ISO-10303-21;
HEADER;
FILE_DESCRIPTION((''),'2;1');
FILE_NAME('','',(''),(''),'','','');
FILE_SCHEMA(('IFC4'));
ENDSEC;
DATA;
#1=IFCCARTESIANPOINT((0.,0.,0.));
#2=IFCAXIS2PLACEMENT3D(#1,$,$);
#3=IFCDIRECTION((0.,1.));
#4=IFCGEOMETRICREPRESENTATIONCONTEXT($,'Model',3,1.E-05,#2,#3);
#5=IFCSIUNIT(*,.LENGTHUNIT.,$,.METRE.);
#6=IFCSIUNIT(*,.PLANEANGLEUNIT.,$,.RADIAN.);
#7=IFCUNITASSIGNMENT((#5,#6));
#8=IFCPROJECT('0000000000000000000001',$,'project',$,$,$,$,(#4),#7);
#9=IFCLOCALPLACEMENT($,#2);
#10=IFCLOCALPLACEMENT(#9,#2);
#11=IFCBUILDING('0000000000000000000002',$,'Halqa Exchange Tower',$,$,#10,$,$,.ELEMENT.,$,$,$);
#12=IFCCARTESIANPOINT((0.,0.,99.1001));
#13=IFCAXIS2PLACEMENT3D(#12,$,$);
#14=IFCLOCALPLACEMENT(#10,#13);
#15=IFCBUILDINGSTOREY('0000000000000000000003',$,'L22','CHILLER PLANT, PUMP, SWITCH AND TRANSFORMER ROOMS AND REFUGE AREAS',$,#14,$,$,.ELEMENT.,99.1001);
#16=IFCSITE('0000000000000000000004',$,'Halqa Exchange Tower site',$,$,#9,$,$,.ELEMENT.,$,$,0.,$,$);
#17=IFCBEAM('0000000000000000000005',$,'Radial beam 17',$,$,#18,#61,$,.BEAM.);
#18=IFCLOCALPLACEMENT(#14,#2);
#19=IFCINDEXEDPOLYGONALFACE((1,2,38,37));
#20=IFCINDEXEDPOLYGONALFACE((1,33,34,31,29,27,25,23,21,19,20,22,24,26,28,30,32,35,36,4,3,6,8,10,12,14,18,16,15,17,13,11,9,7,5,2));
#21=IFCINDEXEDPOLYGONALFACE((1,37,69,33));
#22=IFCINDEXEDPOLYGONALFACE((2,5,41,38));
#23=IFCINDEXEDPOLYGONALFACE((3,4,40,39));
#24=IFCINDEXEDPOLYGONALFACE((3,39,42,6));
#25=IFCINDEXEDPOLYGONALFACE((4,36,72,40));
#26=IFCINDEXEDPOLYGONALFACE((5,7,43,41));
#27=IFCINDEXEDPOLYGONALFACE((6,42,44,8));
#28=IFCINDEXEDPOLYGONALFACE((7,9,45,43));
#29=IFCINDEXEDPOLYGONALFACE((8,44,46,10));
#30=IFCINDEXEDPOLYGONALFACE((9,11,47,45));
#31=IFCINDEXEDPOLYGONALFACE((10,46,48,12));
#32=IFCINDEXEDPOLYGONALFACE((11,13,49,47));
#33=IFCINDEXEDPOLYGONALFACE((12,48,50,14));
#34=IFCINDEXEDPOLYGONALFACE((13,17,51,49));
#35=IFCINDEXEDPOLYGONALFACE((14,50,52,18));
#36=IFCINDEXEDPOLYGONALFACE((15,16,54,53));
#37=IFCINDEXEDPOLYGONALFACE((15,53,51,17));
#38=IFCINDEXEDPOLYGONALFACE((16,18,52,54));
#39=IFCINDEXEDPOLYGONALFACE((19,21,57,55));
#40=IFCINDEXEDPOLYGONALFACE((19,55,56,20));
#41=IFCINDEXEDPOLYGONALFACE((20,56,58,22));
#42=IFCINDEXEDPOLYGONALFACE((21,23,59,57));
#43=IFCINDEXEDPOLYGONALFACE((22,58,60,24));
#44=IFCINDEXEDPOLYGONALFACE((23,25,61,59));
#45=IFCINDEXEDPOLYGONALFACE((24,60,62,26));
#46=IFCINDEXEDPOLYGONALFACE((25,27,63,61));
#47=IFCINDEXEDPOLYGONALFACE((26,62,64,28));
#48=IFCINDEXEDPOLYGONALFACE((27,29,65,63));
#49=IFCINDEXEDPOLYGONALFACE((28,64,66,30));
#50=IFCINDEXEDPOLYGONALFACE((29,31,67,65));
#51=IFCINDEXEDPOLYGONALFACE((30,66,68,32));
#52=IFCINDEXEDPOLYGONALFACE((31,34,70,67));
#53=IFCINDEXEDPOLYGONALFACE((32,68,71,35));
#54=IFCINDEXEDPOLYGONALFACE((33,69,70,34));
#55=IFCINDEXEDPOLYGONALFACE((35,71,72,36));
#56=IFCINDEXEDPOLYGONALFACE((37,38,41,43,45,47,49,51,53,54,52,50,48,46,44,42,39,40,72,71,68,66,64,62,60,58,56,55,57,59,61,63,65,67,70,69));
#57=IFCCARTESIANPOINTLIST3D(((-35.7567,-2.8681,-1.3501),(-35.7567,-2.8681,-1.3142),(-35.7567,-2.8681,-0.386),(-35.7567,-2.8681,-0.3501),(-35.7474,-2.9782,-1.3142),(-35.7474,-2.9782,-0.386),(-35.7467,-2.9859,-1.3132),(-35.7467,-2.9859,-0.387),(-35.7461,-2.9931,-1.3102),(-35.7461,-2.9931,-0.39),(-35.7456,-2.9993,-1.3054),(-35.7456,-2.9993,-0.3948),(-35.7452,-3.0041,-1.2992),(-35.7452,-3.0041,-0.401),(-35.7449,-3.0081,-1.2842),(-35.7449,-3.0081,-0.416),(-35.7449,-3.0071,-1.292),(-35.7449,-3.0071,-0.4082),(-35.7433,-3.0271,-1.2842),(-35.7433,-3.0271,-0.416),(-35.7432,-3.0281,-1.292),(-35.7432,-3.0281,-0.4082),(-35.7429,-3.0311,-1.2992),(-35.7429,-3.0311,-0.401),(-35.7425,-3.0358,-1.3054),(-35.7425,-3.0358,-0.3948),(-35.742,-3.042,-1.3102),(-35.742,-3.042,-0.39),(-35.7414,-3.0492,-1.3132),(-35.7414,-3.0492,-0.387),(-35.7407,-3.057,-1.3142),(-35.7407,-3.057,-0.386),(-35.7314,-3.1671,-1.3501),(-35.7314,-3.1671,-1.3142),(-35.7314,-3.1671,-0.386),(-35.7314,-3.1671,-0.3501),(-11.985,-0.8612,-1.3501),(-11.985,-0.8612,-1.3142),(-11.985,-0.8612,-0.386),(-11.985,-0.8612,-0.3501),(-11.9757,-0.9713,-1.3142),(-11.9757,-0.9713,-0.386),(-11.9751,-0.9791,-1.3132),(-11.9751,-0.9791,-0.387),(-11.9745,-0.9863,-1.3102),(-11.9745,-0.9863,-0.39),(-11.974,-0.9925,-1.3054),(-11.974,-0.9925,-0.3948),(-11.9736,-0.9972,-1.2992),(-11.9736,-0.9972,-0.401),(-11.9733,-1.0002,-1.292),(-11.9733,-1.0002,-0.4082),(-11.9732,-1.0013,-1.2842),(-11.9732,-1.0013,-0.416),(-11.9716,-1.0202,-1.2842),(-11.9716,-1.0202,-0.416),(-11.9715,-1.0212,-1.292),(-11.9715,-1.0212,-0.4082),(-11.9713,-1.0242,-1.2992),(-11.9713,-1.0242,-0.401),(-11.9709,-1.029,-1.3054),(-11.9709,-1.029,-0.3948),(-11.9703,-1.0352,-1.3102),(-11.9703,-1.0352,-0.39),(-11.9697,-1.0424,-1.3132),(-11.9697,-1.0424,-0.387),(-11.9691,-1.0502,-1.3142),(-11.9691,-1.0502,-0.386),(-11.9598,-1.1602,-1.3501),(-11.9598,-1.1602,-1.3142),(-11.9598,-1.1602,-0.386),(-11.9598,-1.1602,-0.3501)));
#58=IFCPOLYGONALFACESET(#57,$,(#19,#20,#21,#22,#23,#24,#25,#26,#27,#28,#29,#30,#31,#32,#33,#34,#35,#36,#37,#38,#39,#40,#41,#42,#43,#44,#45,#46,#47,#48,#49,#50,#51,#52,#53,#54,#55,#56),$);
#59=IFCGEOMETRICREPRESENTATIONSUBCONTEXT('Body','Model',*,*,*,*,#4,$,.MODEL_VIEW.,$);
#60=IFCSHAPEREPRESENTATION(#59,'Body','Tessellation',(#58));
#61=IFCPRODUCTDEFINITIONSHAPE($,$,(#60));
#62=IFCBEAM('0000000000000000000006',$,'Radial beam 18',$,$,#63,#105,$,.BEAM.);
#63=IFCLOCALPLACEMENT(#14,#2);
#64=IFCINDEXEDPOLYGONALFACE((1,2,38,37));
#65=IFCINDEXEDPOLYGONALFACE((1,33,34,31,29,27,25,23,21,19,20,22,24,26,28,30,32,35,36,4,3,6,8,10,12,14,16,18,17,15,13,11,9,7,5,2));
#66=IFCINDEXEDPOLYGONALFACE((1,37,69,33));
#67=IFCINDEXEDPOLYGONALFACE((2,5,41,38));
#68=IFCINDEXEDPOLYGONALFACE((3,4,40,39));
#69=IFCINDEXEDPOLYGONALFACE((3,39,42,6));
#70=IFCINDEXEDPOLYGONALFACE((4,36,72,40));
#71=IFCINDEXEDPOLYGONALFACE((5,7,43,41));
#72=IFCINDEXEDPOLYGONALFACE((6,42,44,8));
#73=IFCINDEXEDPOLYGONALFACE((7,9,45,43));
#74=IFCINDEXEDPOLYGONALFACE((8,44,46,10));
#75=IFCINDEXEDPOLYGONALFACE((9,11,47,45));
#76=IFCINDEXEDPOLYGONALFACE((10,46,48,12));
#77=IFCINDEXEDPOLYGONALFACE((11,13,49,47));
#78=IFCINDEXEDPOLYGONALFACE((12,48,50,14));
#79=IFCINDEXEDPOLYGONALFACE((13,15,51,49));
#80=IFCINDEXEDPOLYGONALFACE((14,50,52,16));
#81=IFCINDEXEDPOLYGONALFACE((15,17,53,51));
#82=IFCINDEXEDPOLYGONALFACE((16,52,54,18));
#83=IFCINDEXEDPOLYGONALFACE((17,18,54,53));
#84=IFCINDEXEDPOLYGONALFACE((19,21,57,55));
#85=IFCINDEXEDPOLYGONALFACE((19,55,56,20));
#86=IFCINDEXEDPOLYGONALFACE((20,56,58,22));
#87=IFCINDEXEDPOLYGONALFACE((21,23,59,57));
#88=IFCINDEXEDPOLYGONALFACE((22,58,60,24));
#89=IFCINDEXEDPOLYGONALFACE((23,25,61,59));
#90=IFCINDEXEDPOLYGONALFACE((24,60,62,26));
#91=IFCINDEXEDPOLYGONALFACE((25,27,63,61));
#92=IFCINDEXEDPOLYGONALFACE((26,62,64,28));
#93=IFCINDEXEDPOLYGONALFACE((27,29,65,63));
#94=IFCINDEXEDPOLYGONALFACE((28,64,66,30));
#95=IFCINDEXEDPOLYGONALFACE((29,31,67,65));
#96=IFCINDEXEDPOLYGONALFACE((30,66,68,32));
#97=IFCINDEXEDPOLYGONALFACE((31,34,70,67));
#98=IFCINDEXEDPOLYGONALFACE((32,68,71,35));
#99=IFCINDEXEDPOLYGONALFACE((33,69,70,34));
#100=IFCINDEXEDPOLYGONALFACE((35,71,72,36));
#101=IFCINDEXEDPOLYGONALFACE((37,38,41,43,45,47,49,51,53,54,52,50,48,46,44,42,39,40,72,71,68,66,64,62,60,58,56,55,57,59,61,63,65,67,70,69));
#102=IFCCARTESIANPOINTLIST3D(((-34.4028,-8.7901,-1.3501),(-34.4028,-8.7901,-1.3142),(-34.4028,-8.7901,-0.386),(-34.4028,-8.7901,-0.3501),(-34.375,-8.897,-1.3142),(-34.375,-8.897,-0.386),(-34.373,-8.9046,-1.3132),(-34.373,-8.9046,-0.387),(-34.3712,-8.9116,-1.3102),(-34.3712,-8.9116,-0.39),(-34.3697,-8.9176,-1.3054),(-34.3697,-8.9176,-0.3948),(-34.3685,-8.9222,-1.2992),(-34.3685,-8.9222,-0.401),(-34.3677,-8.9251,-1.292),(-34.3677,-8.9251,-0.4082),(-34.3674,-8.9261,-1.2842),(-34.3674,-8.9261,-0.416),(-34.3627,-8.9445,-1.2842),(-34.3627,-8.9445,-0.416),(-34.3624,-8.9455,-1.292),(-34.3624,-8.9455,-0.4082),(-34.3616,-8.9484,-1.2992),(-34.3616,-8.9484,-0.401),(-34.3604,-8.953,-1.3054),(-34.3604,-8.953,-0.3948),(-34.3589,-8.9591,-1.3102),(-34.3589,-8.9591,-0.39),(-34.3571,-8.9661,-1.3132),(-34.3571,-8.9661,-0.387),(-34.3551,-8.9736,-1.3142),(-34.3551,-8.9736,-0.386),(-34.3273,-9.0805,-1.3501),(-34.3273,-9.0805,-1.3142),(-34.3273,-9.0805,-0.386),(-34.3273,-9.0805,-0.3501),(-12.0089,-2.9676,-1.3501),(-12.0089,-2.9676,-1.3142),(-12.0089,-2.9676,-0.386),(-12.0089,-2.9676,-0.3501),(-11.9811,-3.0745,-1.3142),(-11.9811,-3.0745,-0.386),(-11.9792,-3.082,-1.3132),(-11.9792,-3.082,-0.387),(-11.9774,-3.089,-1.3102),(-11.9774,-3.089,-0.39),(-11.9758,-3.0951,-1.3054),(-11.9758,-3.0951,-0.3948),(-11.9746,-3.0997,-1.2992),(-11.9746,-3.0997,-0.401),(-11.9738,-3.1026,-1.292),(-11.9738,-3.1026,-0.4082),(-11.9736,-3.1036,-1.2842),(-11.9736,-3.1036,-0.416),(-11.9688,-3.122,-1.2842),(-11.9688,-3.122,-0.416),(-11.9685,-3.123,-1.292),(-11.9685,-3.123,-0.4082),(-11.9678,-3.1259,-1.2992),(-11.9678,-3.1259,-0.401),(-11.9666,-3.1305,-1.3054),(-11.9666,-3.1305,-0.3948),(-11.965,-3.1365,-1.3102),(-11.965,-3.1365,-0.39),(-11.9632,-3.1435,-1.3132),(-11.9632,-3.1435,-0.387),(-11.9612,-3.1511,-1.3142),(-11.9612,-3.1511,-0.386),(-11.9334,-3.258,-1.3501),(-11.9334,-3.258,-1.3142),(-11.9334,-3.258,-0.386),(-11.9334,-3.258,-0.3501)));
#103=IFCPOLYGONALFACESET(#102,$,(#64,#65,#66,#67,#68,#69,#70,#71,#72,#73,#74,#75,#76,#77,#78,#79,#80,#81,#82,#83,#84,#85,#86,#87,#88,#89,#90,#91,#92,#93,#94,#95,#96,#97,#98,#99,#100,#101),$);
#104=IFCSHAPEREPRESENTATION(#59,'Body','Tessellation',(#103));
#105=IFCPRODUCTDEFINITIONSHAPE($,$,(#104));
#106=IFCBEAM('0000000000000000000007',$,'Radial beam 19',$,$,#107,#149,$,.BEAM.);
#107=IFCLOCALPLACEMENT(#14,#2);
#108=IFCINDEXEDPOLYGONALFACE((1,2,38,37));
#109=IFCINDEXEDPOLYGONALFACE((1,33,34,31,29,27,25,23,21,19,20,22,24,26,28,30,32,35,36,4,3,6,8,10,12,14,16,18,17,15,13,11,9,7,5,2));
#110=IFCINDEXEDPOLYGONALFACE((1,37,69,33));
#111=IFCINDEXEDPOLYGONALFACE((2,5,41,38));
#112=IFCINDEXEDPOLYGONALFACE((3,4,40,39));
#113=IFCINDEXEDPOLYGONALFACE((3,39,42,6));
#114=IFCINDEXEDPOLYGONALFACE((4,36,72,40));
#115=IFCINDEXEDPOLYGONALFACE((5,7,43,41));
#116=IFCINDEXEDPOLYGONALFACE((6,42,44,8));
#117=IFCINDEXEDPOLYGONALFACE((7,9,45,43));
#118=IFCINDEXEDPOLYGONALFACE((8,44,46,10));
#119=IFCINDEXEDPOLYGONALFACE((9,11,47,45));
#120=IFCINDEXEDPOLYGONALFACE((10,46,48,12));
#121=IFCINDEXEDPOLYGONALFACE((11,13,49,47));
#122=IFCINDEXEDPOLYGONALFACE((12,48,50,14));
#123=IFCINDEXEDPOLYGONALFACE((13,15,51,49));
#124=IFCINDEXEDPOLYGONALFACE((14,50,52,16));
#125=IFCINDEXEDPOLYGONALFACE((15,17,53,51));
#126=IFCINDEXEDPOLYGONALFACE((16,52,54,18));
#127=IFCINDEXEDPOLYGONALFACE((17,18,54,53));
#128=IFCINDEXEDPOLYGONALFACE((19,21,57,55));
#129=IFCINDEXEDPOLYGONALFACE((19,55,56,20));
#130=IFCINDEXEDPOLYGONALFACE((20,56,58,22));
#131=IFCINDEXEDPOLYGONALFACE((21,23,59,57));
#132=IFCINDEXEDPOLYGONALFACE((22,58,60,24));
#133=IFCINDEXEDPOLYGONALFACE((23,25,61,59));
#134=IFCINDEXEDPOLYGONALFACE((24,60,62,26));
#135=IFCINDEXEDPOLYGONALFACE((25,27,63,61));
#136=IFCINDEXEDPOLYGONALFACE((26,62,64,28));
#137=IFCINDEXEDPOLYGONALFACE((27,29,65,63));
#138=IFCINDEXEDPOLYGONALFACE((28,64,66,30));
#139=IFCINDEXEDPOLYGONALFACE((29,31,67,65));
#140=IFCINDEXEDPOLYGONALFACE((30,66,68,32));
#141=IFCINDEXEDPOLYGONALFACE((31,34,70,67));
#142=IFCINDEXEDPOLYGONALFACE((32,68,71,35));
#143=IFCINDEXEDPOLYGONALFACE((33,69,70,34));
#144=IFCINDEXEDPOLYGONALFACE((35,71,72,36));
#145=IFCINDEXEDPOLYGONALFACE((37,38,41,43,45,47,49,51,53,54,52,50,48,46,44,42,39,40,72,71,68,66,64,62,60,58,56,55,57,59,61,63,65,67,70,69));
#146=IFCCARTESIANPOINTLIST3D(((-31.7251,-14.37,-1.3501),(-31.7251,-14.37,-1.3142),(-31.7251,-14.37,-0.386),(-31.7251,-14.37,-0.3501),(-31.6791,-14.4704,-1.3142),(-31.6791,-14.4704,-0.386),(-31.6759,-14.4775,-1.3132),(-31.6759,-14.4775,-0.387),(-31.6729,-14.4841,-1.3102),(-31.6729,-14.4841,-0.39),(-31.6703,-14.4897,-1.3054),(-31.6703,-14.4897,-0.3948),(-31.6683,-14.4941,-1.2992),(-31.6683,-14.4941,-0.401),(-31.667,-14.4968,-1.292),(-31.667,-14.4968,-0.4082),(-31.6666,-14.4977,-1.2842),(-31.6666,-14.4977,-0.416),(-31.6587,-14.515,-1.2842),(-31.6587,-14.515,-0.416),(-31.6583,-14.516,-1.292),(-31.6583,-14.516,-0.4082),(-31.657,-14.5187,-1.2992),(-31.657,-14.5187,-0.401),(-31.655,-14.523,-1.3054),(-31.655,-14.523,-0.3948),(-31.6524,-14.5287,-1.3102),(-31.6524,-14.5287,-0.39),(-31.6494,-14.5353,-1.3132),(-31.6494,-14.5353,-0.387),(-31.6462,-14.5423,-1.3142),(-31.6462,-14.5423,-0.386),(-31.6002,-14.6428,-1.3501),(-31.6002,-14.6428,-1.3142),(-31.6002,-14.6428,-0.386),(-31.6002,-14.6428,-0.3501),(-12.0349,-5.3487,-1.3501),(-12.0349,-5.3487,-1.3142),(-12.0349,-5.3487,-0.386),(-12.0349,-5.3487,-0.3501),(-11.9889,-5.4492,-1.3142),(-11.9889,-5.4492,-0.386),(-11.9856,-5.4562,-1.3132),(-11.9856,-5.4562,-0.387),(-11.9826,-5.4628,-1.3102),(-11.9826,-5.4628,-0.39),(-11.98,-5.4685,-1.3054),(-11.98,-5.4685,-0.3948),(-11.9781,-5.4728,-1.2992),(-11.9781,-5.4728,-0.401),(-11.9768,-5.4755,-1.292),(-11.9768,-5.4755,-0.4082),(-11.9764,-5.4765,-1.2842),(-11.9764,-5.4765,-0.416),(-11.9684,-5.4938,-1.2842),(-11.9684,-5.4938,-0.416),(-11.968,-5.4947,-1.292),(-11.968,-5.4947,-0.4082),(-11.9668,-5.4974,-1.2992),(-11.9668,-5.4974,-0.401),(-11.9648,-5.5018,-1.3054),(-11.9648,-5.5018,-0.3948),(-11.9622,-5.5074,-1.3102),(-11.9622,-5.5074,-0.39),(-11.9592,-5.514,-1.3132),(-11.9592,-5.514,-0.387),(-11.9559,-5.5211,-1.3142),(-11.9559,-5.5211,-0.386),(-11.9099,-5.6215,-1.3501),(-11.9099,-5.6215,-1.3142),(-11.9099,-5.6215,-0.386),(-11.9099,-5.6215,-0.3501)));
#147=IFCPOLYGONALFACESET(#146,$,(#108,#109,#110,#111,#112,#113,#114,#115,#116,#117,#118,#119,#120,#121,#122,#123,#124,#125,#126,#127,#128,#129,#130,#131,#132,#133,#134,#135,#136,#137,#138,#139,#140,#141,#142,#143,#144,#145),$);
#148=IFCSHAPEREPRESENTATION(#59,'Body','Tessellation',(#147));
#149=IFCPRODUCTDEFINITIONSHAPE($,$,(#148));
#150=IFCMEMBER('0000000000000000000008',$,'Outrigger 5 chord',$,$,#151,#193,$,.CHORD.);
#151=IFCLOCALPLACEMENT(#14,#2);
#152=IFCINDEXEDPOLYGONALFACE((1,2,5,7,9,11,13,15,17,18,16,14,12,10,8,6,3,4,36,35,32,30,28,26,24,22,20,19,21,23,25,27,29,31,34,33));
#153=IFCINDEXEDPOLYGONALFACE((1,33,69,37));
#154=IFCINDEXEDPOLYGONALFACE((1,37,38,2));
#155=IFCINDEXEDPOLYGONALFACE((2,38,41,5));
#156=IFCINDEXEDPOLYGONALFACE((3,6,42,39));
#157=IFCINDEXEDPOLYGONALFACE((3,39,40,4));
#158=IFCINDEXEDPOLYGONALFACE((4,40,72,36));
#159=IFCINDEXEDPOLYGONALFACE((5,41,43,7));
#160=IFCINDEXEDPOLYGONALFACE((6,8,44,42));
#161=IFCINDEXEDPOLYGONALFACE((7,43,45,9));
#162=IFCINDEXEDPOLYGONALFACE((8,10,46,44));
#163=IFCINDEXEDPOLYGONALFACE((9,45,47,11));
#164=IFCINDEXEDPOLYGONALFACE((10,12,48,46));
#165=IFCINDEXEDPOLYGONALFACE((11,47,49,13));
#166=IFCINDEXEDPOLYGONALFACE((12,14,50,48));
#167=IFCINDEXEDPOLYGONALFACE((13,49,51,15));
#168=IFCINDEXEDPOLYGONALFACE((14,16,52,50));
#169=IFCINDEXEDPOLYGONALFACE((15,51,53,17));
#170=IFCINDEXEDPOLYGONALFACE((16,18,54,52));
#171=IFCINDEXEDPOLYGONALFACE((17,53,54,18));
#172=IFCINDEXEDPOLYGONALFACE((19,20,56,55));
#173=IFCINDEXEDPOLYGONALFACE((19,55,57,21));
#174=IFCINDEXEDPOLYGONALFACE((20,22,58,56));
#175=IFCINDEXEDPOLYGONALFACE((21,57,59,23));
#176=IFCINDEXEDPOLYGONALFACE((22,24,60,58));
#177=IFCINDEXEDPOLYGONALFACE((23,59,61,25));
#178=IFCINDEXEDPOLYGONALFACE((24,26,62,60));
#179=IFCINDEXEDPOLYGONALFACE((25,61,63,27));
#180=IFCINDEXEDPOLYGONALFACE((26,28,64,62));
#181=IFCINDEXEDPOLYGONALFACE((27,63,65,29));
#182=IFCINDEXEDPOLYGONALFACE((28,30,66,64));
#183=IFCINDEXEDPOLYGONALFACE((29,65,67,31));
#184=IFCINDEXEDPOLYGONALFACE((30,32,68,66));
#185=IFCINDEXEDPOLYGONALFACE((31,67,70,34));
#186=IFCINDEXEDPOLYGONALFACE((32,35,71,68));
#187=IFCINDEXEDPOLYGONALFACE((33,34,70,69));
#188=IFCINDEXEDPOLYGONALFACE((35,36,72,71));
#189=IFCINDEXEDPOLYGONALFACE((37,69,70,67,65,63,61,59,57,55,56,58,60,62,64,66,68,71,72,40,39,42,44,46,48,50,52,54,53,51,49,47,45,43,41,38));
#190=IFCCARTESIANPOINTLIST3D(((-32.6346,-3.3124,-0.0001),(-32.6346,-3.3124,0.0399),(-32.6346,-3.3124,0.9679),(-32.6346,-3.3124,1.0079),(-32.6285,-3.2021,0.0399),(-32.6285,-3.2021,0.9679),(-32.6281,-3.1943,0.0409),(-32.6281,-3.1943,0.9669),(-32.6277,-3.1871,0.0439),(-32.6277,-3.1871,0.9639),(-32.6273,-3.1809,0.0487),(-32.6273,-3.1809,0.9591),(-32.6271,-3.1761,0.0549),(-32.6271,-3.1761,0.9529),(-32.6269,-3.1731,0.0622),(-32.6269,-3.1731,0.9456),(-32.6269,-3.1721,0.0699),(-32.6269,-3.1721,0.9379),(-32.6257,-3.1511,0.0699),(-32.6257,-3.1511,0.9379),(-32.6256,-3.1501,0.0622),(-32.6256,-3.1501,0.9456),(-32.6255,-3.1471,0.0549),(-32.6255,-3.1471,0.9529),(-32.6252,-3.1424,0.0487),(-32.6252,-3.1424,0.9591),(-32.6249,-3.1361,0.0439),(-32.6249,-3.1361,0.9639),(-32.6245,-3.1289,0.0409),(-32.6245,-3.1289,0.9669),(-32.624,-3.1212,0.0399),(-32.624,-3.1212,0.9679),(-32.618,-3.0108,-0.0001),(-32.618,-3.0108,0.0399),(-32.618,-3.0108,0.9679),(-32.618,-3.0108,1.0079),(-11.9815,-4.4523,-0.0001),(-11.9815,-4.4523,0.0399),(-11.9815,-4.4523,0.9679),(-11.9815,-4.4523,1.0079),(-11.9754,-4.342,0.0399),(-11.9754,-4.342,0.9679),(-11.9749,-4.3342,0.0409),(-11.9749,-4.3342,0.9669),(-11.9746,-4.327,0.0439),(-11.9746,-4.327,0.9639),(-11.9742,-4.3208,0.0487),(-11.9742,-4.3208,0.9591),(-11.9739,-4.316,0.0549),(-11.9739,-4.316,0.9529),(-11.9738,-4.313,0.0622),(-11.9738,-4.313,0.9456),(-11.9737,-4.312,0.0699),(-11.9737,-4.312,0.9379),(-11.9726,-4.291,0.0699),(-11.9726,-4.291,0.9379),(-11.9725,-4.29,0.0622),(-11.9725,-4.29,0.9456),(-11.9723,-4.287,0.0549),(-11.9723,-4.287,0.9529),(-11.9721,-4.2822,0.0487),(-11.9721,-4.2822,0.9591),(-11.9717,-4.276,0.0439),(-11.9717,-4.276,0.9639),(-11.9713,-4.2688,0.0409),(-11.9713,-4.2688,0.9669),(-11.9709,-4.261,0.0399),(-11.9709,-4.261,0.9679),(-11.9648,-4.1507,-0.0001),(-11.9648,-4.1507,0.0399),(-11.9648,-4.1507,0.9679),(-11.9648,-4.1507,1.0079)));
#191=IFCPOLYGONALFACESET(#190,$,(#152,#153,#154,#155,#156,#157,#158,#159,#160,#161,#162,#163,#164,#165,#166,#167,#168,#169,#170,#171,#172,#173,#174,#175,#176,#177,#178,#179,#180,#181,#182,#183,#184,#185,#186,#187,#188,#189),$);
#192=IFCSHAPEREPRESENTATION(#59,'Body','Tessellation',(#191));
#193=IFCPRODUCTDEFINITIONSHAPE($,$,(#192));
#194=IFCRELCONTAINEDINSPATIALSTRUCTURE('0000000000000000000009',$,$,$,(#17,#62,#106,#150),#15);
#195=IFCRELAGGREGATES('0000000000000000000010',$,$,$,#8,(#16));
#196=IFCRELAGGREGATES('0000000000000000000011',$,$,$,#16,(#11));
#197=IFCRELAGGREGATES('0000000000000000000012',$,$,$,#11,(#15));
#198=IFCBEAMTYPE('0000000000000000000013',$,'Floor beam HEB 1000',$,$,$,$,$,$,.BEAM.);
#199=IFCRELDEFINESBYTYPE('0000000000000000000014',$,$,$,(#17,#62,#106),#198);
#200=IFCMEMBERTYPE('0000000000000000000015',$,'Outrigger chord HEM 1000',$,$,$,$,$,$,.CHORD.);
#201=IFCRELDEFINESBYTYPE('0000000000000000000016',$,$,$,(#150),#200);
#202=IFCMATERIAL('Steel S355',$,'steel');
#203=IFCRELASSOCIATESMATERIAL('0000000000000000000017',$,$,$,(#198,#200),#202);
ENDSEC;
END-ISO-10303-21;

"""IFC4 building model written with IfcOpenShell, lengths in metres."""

from ifc_helpers import new_model, si_unit, direction, frame, origin, origin_2d, place, context, subcontext, project, spatial, i_section, extrude, material, material_profile, profile_set, type_object, element, save


model = new_model("IFC4")

# Units and contexts
model_context = context("Model", 3, precision=1e-05, world=origin(), true_north=direction((0.0, 1.0)))
body_context = subcontext(model_context, "Body", "Model", "MODEL_VIEW")
ifc_project = project(units=[si_unit("LENGTHUNIT", "METRE"), si_unit("PLANEANGLEUNIT", "RADIAN")], contexts=[model_context])

# Site, building, storey
site_placement = place(None, origin())
site = spatial("IfcSite", under=ifc_project, at=site_placement, Name="Halqa Exchange Tower site", CompositionType="ELEMENT", RefElevation=0.0)
building_placement = place(site_placement, origin())
building = spatial("IfcBuilding", under=site, at=building_placement, Name="Halqa Exchange Tower", CompositionType="ELEMENT")
storey_placement = place(building_placement, frame((0.0, 0.0, 99.1001)))
storey = spatial("IfcBuildingStorey", under=building, at=storey_placement, Name="L22", Description="CHILLER PLANT, PUMP, SWITCH AND TRANSFORMER ROOMS AND REFUGE AREAS", CompositionType="ELEMENT", Elevation=99.1001)

# Beams
ifc_material_1 = material(Name="Steel S355", Category="steel")
ifc_material_profile_1 = material_profile(ifc_material_1, i_section(OverallWidth=0.3, OverallDepth=1.0, WebThickness=0.019, FlangeThickness=0.0359, FilletRadius=0.03, at=origin_2d()), Name="HEB 1000")
ifc_profile_set_1 = profile_set([ifc_material_profile_1], Name="Steel S355")
beam_type = type_object("IfcBeamType", Name="Floor beam HEB 1000", PredefinedType="BEAM", material=ifc_profile_set_1)
beam_1_placement = place(storey_placement, frame((-11.9724, -1.0107, -0.8501), z_axis=(-0.996455, -0.084122, 0.0), x_axis=(0.084122, -0.996455, 0.0)))
element("IfcBeam", 1, at=beam_1_placement, inside=storey, type_object=beam_type, Name="Radial beam 17", PredefinedType="BEAM", context=body_context, shape_type="SweptSolid", body=[
    extrude(i_section(OverallWidth=0.3, OverallDepth=1.0, WebThickness=0.019, FlangeThickness=0.0359, FilletRadius=0.03, at=origin_2d()), origin(), (0.0, 0.0, 1.0), 23.8562),
])
beam_2_placement = place(storey_placement, frame((-11.9712, -3.1128, -0.8501), z_axis=(-0.967821, -0.251639, 0.0), x_axis=(0.251639, -0.967821, 0.0)))
element("IfcBeam", 2, at=beam_2_placement, inside=storey, type_object=beam_type, Name="Radial beam 18", PredefinedType="BEAM", context=body_context, shape_type="SweptSolid", body=[
    extrude(i_section(OverallWidth=0.3, OverallDepth=1.0, WebThickness=0.019, FlangeThickness=0.0359, FilletRadius=0.03, at=origin_2d()), origin(), (0.0, 0.0, 1.0), 23.1384),
])
beam_3_placement = place(storey_placement, frame((-11.9724, -5.4851, -0.8501), z_axis=(-0.909125, -0.416524, 0.0), x_axis=(0.416524, -0.909125, 0.0)))
element("IfcBeam", 3, at=beam_3_placement, inside=storey, type_object=beam_type, Name="Radial beam 19", PredefinedType="BEAM", context=body_context, shape_type="SweptSolid", body=[
    extrude(i_section(OverallWidth=0.3, OverallDepth=1.0, WebThickness=0.019, FlangeThickness=0.0359, FilletRadius=0.03, at=origin_2d()), origin(), (0.0, 0.0, 1.0), 21.6584),
])

# Member
ifc_material_profile_2 = material_profile(ifc_material_1, i_section(OverallWidth=0.302, OverallDepth=1.0081, WebThickness=0.021, FlangeThickness=0.04, FilletRadius=0.03, at=origin_2d()), Name="HEM 1000")
ifc_profile_set_2 = profile_set([ifc_material_profile_2], Name="Steel S355")
member_type_1 = type_object("IfcMemberType", Name="Outrigger chord HEM 1000", PredefinedType="CHORD", material=ifc_profile_set_2)
member_1_placement = place(storey_placement, frame((-11.9731, -4.3015, 0.5039), z_axis=(-0.99848, 0.055109, 0.0), x_axis=(-0.055109, -0.99848, 0.0)))
element("IfcMember", 4, at=member_1_placement, inside=storey, type_object=member_type_1, Name="Outrigger 5 chord", PredefinedType="CHORD", context=body_context, shape_type="SweptSolid", body=[
    extrude(i_section(OverallWidth=0.302, OverallDepth=1.0081, WebThickness=0.021, FlangeThickness=0.04, FilletRadius=0.03, at=origin_2d()), origin(), (0.0, 0.0, 1.0), 20.6846),
])

save(model, "model.ifc")
